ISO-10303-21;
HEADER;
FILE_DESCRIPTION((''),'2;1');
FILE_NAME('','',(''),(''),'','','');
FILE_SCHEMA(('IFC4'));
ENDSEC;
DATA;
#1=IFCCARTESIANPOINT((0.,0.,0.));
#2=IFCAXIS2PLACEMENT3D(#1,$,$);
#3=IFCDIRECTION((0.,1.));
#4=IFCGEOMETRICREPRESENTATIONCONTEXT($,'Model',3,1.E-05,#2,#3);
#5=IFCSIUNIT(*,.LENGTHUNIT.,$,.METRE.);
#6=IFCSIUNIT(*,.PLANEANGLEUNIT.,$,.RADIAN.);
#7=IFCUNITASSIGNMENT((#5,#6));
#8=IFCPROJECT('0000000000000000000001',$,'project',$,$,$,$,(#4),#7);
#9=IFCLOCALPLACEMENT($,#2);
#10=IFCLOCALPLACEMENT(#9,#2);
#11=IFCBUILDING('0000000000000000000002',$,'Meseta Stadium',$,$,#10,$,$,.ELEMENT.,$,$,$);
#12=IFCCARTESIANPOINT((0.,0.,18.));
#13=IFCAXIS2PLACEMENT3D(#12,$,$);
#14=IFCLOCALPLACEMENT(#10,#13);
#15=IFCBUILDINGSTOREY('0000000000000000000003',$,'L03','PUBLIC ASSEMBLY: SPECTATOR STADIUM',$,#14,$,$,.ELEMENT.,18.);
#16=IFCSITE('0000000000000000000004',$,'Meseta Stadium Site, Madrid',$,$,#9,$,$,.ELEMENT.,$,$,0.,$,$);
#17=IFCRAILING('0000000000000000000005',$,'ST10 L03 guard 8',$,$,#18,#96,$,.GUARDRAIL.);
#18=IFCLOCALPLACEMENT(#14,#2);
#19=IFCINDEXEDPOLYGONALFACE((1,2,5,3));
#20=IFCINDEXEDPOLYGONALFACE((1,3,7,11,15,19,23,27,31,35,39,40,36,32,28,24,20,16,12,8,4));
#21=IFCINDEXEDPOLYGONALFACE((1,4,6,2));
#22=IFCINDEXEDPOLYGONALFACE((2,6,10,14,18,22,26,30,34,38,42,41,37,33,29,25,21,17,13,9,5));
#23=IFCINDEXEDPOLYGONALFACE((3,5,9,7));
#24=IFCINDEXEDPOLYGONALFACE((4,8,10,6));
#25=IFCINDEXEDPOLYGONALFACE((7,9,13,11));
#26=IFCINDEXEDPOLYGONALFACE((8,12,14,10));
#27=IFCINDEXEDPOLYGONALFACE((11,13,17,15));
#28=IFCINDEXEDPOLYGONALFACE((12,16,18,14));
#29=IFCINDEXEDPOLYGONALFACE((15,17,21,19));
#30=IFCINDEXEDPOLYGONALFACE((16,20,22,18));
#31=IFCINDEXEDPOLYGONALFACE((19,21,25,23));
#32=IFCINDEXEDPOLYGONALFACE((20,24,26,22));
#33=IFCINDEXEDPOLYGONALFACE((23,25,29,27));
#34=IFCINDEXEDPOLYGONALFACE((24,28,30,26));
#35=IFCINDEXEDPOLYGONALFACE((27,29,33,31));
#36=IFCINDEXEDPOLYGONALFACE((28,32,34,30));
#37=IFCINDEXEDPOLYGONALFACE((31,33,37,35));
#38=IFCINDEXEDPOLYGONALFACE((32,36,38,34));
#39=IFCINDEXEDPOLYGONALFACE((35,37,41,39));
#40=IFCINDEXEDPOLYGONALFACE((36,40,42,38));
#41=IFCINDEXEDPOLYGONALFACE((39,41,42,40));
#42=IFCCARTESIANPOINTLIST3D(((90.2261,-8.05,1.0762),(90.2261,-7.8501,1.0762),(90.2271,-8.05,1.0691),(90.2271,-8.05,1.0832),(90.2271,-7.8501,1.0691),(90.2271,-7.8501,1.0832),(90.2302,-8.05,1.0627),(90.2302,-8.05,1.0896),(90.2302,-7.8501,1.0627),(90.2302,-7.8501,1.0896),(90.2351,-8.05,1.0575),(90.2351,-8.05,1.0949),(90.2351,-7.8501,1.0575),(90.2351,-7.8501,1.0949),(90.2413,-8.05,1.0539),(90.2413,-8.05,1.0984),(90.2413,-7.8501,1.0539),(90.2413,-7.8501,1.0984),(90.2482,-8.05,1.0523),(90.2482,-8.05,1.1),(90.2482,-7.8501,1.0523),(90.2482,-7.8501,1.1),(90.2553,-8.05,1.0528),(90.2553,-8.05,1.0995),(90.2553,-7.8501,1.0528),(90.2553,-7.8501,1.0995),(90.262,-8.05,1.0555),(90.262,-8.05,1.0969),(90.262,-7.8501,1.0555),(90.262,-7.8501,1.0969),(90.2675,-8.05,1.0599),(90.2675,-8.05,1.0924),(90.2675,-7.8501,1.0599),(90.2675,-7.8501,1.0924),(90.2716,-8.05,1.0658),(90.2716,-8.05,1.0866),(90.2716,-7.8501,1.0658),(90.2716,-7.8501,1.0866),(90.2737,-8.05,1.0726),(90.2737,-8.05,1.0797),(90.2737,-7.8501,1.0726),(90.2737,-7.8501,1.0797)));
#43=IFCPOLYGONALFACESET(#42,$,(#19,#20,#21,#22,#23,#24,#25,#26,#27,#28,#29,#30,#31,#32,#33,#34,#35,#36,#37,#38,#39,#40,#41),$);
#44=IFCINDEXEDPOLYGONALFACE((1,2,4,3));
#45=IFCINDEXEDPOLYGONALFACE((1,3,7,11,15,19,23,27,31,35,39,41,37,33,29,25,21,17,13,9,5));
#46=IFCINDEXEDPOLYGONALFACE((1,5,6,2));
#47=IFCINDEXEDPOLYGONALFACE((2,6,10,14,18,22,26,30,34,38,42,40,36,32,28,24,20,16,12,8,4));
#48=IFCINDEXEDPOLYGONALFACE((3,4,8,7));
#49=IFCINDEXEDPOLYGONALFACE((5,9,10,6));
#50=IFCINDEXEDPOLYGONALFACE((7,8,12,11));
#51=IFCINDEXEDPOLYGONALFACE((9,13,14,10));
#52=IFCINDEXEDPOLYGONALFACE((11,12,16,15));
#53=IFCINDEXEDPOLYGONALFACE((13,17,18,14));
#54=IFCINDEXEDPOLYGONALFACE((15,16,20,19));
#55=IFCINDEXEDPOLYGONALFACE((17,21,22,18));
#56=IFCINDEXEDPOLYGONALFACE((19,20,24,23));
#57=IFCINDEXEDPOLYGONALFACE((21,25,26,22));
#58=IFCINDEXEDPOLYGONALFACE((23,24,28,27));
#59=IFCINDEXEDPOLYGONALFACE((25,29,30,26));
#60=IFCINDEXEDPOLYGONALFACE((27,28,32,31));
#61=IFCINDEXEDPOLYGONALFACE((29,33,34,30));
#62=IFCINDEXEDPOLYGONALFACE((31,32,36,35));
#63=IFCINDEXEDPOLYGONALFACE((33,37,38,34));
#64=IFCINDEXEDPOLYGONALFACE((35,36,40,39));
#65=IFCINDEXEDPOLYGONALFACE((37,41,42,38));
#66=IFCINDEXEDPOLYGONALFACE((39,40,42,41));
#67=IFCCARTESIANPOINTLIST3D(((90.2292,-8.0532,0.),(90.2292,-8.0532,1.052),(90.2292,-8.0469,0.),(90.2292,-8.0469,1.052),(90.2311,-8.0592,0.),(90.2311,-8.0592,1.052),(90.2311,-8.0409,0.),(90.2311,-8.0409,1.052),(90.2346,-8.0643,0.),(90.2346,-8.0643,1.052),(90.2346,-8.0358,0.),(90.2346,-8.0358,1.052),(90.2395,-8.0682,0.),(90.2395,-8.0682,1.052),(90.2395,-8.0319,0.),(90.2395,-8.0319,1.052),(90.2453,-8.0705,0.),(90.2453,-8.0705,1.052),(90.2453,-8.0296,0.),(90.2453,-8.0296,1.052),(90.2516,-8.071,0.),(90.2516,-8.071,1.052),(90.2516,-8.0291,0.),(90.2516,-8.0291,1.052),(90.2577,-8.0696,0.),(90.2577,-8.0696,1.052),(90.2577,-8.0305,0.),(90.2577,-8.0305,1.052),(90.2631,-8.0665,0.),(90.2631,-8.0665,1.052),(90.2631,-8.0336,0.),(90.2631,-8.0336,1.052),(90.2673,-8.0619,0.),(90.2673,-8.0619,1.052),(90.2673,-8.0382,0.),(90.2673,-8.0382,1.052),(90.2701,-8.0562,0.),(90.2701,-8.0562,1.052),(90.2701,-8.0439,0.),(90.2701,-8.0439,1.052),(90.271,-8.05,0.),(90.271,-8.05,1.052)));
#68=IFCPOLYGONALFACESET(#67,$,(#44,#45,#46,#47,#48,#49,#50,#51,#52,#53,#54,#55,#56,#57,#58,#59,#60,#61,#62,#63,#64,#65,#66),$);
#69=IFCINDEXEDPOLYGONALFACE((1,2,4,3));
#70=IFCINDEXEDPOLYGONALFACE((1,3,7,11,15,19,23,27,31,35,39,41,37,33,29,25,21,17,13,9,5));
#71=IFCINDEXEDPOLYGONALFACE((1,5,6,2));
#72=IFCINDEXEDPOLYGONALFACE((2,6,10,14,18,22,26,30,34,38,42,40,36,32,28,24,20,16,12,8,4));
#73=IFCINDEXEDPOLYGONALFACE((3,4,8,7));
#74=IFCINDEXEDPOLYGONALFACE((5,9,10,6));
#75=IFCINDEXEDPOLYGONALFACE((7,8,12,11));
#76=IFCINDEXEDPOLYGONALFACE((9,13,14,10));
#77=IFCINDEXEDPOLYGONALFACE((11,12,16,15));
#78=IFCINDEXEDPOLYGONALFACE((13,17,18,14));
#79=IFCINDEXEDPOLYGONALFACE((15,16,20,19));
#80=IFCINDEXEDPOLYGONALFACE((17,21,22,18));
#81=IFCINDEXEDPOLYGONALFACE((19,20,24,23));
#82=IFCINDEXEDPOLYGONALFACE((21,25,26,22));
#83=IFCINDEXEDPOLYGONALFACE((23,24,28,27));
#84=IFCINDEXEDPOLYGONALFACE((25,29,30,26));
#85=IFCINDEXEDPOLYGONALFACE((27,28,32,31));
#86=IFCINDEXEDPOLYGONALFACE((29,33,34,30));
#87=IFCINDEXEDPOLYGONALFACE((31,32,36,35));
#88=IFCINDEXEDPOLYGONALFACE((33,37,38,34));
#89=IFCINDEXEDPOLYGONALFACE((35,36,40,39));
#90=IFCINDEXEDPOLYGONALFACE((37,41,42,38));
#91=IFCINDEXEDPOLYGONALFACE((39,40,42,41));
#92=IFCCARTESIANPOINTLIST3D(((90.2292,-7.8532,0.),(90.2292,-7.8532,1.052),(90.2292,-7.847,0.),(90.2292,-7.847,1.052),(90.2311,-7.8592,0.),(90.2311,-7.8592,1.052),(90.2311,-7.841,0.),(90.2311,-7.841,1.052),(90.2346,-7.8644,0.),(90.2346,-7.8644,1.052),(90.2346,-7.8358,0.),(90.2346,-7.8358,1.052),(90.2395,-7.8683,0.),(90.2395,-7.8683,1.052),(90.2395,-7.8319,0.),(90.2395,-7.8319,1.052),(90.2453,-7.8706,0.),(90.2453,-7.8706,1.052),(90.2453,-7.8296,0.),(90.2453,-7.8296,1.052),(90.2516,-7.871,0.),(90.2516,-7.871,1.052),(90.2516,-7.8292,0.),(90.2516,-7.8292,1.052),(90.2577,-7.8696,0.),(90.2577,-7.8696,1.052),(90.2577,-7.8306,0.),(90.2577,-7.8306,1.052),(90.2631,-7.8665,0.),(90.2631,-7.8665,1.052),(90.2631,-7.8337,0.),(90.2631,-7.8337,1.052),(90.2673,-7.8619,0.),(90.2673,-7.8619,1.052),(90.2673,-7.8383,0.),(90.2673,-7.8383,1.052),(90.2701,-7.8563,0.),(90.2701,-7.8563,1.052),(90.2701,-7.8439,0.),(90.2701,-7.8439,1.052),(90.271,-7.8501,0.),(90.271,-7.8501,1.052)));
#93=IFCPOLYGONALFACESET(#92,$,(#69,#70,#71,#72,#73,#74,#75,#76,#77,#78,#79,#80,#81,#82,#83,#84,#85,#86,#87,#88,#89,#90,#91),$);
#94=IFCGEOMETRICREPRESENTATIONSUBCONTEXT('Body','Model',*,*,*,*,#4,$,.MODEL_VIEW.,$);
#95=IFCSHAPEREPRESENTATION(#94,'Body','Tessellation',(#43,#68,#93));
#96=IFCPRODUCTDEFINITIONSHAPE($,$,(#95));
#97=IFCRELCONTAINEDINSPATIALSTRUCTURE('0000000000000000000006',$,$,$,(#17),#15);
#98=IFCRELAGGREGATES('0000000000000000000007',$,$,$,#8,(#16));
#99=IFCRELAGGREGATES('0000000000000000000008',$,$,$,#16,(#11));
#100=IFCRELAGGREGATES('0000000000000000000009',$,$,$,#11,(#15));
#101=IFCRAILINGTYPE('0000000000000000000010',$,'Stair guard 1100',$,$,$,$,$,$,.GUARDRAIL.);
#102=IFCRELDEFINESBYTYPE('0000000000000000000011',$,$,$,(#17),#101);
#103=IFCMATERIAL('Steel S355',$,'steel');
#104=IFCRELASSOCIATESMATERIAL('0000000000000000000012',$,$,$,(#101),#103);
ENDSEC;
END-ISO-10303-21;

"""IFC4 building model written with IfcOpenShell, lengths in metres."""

from ifc_helpers import new_model, si_unit, direction, frame, origin, origin_2d, place, context, subcontext, project, spatial, circle, extrude, material, type_object, element, save


model = new_model("IFC4")

# Units and contexts
model_context = context("Model", 3, precision=1e-05, world=origin(), true_north=direction((0.0, 1.0)))
body_context = subcontext(model_context, "Body", "Model", "MODEL_VIEW")
ifc_project = project(units=[si_unit("LENGTHUNIT", "METRE"), si_unit("PLANEANGLEUNIT", "RADIAN")], contexts=[model_context])

# Site, building, storey
site_placement = place(None, origin())
site = spatial("IfcSite", under=ifc_project, at=site_placement, Name="Meseta Stadium Site, Madrid", CompositionType="ELEMENT", RefElevation=0.0)
building_placement = place(site_placement, origin())
building = spatial("IfcBuilding", under=site, at=building_placement, Name="Meseta Stadium", CompositionType="ELEMENT")
storey_placement = place(building_placement, frame((0.0, 0.0, 18.0)))
storey = spatial("IfcBuildingStorey", under=building, at=storey_placement, Name="L03", Description="PUBLIC ASSEMBLY: SPECTATOR STADIUM", CompositionType="ELEMENT", Elevation=18.0)

# Railing
ifc_material_1 = material(Name="Steel S355", Category="steel")
railing_type_1 = type_object("IfcRailingType", Name="Stair guard 1100", PredefinedType="GUARDRAIL", material=ifc_material_1)
railing_1_placement = place(storey_placement, frame((90.25, -8.05, 0.0)))
element("IfcRailing", 1, at=railing_1_placement, inside=storey, type_object=railing_type_1, Name="ST10 L03 guard 8", PredefinedType="GUARDRAIL", context=body_context, shape_type="SweptSolid", body=[
    extrude(circle(Radius=0.0239, at=origin_2d()), frame((0.0, 0.0, 1.0762), z_axis=(0.0, 1.0, 0.0), x_axis=(-1.0, 0.0, 0.0)), (0.0, 0.0, 1.0), 0.2),
    extrude(circle(Radius=0.021, at=origin_2d()), origin(), (0.0, 0.0, 1.0), 1.052),
    extrude(circle(Radius=0.021, at=origin_2d()), frame((0.0, 0.2, 0.0)), (0.0, 0.0, 1.0), 1.052),
])

save(model, "model.ifc")
